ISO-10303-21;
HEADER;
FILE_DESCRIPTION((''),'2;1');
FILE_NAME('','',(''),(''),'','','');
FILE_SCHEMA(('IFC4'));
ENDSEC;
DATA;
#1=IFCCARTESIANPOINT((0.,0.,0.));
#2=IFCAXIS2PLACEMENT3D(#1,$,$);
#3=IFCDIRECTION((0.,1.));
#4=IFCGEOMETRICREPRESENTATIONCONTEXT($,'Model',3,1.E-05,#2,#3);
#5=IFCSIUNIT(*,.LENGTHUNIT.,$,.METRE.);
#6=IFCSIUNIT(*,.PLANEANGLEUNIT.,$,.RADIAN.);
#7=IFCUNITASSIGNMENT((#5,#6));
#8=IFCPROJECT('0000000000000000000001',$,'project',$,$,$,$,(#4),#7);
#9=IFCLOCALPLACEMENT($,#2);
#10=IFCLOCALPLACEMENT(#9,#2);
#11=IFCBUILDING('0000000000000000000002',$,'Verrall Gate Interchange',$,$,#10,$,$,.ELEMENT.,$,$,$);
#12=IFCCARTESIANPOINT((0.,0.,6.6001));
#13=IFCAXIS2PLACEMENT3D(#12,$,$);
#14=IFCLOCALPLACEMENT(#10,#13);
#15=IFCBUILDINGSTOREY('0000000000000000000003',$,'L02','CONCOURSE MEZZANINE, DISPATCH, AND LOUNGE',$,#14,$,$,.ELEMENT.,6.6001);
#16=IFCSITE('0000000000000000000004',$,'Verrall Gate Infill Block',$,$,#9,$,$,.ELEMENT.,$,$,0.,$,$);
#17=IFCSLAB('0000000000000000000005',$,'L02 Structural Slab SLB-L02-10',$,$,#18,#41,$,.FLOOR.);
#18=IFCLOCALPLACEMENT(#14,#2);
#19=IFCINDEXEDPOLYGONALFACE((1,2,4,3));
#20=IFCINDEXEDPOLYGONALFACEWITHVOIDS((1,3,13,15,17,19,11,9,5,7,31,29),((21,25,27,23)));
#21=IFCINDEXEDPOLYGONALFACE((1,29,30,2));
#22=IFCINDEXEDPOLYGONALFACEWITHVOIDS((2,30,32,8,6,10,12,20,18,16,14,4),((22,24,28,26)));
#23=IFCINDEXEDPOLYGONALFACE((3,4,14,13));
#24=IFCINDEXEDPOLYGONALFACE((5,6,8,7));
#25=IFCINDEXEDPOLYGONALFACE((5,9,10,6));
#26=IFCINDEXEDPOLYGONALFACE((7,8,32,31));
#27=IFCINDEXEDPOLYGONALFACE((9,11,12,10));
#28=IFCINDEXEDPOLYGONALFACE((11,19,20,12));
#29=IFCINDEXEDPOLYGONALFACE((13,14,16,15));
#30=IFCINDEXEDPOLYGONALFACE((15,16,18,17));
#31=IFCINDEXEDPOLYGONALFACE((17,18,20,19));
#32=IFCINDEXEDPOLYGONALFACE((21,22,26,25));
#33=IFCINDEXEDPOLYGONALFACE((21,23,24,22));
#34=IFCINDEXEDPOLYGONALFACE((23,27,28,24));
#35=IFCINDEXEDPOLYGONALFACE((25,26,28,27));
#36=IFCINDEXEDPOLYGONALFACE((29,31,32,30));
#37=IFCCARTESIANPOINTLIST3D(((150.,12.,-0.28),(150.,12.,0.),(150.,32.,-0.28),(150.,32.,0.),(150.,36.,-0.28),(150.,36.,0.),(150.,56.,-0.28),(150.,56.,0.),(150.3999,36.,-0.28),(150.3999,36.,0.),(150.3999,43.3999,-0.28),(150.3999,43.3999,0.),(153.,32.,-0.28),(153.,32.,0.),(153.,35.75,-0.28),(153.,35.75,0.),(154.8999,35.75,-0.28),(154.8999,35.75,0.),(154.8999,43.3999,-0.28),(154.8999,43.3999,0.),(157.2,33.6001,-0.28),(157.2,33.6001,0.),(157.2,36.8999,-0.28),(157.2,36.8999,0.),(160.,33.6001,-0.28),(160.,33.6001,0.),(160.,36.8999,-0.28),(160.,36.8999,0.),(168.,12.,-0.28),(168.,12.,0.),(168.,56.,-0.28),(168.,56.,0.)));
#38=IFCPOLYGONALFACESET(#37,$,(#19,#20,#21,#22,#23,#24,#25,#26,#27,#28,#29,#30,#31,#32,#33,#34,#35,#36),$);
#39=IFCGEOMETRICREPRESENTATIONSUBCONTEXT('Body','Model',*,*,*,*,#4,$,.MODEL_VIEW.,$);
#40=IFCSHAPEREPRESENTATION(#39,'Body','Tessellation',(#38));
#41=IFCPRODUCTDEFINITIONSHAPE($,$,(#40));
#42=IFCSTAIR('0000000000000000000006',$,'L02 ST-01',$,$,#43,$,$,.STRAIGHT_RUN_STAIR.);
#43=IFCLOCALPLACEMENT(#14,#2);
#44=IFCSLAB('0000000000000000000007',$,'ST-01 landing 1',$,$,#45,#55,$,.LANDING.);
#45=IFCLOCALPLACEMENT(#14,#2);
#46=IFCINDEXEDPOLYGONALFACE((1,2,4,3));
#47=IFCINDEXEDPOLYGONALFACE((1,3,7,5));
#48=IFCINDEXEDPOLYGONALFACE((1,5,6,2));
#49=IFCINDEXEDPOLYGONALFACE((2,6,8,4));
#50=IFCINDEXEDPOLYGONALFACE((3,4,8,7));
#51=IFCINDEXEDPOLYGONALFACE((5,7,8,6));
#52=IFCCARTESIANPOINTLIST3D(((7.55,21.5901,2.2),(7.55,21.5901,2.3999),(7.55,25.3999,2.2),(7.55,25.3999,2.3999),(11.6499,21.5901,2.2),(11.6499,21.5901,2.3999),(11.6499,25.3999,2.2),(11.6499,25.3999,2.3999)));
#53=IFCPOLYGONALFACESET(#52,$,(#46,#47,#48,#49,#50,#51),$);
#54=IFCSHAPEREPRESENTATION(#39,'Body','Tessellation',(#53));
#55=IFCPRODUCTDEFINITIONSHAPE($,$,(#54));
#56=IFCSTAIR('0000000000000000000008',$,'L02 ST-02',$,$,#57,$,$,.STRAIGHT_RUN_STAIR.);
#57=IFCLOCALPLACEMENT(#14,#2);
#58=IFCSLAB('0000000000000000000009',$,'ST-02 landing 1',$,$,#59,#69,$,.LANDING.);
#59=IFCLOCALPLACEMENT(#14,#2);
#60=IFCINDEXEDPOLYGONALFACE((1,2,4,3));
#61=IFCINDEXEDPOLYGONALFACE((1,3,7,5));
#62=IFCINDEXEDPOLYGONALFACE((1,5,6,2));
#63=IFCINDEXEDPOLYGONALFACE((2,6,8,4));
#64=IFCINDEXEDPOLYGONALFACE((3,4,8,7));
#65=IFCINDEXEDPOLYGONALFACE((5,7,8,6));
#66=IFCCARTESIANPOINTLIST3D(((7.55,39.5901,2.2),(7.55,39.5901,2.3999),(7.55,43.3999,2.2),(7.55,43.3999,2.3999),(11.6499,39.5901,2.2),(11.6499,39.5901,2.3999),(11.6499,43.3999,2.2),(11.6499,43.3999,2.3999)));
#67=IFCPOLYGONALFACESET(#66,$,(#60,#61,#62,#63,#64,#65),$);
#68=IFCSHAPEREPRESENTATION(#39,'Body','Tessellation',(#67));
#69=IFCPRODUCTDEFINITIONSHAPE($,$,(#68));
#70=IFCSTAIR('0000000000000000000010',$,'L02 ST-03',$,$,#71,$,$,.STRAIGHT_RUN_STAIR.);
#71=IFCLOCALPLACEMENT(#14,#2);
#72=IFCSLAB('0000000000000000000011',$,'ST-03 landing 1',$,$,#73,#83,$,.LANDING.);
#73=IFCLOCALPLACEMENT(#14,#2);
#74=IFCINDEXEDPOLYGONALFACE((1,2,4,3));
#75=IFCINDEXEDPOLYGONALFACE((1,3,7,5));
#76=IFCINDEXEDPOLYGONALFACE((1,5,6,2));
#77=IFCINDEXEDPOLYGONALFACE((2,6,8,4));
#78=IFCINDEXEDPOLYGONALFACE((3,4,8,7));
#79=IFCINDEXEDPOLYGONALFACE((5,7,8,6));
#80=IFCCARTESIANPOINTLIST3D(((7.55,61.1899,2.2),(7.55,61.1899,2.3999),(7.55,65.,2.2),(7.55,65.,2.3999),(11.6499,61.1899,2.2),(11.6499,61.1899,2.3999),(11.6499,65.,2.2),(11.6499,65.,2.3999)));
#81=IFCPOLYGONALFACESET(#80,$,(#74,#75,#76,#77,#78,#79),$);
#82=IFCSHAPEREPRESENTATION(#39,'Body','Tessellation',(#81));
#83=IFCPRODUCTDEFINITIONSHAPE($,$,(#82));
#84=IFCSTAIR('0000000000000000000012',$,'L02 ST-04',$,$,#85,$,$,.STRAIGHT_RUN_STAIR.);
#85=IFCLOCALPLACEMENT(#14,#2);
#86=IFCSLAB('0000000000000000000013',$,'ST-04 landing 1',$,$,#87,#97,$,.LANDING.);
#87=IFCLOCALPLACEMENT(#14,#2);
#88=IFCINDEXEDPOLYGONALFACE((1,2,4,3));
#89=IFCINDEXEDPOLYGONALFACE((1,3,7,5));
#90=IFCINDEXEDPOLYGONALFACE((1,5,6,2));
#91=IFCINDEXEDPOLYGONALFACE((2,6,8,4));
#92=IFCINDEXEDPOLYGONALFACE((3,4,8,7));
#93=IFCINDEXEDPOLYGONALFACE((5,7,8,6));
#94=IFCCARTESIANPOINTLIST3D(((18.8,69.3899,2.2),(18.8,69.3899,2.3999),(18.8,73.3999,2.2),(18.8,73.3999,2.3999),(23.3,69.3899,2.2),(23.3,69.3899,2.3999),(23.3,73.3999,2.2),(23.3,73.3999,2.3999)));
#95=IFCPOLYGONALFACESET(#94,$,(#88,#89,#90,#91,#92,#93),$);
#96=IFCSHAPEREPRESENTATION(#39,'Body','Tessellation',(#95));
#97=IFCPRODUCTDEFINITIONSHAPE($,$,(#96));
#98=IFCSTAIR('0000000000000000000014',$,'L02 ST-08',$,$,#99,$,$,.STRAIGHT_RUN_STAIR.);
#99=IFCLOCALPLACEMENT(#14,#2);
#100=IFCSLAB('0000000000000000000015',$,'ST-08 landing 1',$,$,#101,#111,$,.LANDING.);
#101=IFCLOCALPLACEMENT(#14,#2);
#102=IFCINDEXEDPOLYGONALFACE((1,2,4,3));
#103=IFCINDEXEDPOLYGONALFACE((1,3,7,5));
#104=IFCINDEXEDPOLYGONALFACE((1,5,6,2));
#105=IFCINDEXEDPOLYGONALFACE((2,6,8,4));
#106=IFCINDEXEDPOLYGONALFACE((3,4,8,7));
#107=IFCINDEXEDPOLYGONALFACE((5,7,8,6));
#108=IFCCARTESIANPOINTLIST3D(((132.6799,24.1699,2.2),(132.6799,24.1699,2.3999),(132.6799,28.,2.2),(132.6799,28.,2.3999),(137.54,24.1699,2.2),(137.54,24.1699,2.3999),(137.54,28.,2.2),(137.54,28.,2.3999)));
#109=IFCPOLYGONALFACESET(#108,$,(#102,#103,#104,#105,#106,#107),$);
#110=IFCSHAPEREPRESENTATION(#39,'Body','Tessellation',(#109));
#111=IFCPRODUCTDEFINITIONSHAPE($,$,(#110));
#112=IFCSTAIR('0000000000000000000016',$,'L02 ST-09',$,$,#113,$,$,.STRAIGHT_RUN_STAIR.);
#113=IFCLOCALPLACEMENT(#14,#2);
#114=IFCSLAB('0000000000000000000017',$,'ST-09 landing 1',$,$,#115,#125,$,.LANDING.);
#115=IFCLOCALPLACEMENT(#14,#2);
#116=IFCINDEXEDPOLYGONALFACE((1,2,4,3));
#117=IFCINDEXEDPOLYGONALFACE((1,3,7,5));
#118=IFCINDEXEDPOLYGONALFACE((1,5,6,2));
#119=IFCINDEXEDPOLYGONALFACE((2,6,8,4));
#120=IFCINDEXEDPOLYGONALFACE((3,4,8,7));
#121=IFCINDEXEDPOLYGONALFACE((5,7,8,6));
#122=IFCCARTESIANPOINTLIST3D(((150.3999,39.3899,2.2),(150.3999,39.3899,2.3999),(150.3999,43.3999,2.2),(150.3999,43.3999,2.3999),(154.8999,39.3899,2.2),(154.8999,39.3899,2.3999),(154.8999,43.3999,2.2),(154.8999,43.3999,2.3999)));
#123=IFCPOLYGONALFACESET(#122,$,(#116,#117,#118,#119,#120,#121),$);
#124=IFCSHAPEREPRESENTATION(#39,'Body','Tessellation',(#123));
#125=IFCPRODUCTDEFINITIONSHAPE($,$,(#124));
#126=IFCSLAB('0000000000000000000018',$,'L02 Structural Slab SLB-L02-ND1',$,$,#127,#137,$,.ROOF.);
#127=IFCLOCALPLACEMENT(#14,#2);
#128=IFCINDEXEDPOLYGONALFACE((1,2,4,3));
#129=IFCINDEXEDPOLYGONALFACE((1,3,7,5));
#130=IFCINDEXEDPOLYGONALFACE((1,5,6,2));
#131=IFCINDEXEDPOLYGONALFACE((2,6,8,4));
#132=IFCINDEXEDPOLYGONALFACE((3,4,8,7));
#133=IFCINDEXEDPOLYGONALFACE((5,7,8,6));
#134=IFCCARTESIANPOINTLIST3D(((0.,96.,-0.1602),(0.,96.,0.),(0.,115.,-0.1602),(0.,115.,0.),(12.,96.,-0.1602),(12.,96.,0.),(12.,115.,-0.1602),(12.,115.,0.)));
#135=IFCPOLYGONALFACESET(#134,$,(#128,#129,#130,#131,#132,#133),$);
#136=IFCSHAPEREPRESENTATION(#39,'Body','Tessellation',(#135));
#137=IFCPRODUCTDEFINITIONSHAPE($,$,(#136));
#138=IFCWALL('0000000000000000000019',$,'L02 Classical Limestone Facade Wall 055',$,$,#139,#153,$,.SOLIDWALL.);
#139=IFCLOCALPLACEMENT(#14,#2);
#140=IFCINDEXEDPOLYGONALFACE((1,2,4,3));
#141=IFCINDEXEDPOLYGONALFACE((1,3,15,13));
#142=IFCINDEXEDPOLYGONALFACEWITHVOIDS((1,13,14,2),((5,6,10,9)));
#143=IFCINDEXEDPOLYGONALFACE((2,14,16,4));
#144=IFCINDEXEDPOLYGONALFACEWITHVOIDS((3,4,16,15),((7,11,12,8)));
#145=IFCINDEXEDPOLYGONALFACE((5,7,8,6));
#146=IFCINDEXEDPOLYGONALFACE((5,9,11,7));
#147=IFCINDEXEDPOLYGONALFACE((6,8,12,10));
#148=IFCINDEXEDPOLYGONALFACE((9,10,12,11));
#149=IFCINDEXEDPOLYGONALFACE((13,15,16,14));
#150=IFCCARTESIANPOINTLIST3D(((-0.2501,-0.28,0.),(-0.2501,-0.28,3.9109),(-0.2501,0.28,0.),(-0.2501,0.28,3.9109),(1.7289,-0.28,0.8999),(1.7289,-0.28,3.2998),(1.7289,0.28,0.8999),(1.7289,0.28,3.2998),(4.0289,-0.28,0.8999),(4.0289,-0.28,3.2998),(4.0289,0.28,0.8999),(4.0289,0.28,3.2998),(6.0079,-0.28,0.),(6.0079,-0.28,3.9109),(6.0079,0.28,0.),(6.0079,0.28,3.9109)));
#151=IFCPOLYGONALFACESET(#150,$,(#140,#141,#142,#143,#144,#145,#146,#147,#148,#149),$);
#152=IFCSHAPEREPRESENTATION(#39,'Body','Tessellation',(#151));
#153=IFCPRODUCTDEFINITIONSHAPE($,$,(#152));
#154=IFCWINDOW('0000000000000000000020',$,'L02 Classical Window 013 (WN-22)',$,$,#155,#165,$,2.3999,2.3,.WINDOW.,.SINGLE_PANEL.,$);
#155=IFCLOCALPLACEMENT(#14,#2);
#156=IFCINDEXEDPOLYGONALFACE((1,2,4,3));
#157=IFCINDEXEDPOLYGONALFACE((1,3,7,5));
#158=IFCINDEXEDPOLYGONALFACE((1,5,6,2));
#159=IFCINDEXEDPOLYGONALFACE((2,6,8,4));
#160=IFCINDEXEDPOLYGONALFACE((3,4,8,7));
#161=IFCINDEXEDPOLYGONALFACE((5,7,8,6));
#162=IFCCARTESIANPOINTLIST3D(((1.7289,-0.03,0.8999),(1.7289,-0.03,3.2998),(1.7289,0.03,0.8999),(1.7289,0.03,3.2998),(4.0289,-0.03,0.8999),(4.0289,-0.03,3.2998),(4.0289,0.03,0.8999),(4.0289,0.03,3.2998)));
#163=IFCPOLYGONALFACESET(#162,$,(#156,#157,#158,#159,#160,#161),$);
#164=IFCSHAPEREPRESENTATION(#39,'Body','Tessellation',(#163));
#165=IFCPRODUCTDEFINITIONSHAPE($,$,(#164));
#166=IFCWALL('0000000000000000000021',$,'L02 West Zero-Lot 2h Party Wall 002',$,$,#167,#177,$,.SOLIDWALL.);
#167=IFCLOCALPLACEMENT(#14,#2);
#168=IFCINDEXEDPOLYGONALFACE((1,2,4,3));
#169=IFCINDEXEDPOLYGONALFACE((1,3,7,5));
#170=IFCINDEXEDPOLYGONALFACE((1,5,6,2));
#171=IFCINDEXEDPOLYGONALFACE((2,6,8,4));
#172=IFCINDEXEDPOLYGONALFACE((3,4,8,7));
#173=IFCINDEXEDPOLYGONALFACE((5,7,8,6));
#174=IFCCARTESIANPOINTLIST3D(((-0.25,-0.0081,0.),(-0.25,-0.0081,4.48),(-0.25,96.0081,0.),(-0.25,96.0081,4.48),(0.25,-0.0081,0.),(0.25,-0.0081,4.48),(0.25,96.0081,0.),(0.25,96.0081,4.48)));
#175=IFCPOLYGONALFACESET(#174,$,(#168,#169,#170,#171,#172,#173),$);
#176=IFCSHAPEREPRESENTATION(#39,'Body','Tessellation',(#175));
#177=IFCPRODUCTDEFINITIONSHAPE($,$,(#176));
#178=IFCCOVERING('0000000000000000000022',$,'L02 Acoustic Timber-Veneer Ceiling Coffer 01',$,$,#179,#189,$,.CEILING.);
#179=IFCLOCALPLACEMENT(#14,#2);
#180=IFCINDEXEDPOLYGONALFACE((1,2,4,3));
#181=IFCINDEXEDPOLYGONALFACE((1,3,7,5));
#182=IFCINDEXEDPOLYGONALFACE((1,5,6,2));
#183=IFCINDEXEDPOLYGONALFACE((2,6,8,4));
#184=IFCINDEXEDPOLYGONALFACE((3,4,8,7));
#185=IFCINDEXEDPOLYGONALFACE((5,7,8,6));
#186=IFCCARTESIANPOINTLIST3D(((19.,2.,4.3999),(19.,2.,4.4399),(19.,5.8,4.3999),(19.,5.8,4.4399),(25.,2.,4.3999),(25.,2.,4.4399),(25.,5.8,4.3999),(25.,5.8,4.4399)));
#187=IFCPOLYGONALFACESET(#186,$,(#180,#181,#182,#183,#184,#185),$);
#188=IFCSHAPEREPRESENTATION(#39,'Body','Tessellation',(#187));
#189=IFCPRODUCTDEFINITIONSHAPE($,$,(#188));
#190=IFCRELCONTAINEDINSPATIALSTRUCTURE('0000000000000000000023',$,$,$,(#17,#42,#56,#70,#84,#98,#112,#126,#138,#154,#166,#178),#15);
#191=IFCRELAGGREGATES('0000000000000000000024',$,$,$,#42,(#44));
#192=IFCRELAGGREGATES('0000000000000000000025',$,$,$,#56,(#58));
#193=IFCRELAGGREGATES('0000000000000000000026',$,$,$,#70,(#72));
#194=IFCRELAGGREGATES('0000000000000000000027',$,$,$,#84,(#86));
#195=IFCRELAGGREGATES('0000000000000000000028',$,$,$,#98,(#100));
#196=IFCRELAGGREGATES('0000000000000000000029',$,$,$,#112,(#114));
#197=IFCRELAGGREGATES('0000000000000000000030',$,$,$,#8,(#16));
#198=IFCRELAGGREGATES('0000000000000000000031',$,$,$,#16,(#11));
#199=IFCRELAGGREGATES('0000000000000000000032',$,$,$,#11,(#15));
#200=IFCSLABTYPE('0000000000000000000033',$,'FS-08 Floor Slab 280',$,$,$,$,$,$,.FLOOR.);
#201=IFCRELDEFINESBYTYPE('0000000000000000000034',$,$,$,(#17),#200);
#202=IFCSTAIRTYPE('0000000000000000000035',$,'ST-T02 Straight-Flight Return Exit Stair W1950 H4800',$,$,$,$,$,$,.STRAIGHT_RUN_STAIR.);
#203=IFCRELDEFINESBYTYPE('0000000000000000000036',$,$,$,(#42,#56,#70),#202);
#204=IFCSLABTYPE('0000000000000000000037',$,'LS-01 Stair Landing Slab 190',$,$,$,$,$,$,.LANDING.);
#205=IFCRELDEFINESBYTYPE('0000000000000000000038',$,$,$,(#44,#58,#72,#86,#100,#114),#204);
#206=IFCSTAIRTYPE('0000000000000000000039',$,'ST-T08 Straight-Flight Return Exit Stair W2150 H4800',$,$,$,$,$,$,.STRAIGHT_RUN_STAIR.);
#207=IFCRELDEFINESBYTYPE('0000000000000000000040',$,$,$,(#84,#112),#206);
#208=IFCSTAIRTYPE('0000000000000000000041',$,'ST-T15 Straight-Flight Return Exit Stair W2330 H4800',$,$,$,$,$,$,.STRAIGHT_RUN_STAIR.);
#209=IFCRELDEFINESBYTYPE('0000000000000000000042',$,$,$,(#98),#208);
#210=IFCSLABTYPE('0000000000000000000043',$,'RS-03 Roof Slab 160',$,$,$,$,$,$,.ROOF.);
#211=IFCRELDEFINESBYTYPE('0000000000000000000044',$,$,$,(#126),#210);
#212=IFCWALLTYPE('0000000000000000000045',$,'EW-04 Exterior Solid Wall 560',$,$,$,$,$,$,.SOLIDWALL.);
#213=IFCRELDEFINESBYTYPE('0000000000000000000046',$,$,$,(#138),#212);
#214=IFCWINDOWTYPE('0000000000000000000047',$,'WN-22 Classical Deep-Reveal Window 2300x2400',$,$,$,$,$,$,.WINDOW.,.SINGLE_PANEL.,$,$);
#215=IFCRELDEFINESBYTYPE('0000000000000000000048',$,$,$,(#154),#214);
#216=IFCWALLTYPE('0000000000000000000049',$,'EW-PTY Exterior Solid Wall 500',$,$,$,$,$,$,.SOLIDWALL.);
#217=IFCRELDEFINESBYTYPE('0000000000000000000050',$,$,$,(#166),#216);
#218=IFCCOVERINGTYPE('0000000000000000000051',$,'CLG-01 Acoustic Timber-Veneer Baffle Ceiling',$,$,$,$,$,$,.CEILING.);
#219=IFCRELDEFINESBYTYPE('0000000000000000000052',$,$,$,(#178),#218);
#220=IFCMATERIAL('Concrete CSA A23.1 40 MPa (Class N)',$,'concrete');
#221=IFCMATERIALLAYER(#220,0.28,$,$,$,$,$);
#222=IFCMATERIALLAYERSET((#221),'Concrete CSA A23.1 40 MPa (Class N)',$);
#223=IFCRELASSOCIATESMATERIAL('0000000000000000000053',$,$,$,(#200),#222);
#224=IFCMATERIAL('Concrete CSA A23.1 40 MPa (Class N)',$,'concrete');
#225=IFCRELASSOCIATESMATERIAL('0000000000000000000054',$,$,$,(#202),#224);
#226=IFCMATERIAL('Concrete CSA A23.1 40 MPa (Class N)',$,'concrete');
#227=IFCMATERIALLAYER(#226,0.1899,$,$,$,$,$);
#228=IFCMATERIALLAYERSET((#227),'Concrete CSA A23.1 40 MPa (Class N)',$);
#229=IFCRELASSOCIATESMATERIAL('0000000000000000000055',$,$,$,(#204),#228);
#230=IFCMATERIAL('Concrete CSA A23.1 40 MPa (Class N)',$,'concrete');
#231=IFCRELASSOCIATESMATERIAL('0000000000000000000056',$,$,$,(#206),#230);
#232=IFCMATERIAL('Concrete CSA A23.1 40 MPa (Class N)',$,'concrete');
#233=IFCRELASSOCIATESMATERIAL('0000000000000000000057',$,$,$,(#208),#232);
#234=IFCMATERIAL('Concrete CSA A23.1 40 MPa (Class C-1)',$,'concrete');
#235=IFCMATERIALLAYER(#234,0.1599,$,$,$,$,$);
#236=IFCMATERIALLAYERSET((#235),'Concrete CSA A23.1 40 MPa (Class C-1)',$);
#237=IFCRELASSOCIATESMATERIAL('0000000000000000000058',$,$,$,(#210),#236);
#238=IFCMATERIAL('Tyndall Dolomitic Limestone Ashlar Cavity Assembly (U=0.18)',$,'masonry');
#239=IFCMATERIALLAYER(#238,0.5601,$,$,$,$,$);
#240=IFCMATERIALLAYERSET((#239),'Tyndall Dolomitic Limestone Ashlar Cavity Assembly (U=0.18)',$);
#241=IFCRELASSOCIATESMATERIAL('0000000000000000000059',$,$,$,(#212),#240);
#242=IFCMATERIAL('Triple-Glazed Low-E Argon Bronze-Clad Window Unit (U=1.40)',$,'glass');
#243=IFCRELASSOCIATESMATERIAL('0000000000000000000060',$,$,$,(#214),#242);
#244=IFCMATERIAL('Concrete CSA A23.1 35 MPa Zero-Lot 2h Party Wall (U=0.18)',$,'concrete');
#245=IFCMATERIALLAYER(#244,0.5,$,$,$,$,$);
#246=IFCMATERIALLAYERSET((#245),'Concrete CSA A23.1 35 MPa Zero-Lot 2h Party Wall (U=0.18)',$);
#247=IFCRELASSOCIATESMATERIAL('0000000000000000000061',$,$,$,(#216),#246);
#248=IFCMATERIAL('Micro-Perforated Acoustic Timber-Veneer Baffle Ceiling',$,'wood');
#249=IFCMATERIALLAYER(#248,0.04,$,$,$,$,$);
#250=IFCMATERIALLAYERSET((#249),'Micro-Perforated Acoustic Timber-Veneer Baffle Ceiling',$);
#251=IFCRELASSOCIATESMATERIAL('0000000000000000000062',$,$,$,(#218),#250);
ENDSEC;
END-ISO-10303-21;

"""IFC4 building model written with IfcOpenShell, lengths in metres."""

from ifc_helpers import new_model, si_unit, direction, frame, frame_2d, origin, place, context, subcontext, project, spatial, polyline, rectangle, outline, extrude, material, layer, layer_set, type_object, element, fill, aggregate, save


model = new_model("IFC4")

# Units and contexts
model_context = context("Model", 3, precision=1e-05, world=origin(), true_north=direction((0.0, 1.0)))
body_context = subcontext(model_context, "Body", "Model", "MODEL_VIEW")
ifc_project = project(units=[si_unit("LENGTHUNIT", "METRE"), si_unit("PLANEANGLEUNIT", "RADIAN")], contexts=[model_context])

# Site, building, storey
site_placement = place(None, origin())
site = spatial("IfcSite", under=ifc_project, at=site_placement, Name="Verrall Gate Infill Block", CompositionType="ELEMENT", RefElevation=0.0)
building_placement = place(site_placement, origin())
building = spatial("IfcBuilding", under=site, at=building_placement, Name="Verrall Gate Interchange", CompositionType="ELEMENT")
storey_placement = place(building_placement, frame((0.0, 0.0, 6.6001)))
storey = spatial("IfcBuildingStorey", under=building, at=storey_placement, Name="L02", Description="CONCOURSE MEZZANINE, DISPATCH, AND LOUNGE", CompositionType="ELEMENT", Elevation=6.6001)

# Slab
ifc_material_1 = material(Name="Concrete CSA A23.1 40 MPa (Class N)", Category="concrete")
ifc_layer_1 = layer(ifc_material_1, 0.28)
ifc_layer_set_1 = layer_set([ifc_layer_1], Name="Concrete CSA A23.1 40 MPa (Class N)")
slab_type_1 = type_object("IfcSlabType", Name="FS-08 Floor Slab 280", PredefinedType="FLOOR", material=ifc_layer_set_1)
slab_1_placement = place(storey_placement, frame((0.0, 0.0, -0.28)))
element("IfcSlab", 1, at=slab_1_placement, inside=storey, type_object=slab_type_1, Name="L02 Structural Slab SLB-L02-10", PredefinedType="FLOOR", context=body_context, shape_type="SweptSolid", body=[
    extrude(outline(polyline([(168.0, 12.0), (150.0, 12.0), (150.0, 32.0), (153.0, 32.0), (153.0, 35.75), (154.8999, 35.75), (154.8999, 43.3999), (150.3999, 43.3999), (150.3999, 36.0), (150.0, 36.0), (150.0, 56.0), (168.0, 56.0), (168.0, 12.0)]), holes=[polyline([(160.0, 36.8999), (157.2, 36.8999), (157.2, 33.6001), (160.0, 33.6001), (160.0, 36.8999)])]), origin(), (0.0, 0.0, 1.0), 0.28),
])

# Stairs, slabs
ifc_material_2 = material(Name="Concrete CSA A23.1 40 MPa (Class N)", Category="concrete")
stair_type_1 = type_object("IfcStairType", Name="ST-T02 Straight-Flight Return Exit Stair W1950 H4800", PredefinedType="STRAIGHT_RUN_STAIR", material=ifc_material_2)
stair_1_placement = place(storey_placement, origin())
stair_1 = element("IfcStair", 2, at=stair_1_placement, inside=storey, type_object=stair_type_1, Name="L02 ST-01", PredefinedType="STRAIGHT_RUN_STAIR")
ifc_material_3 = material(Name="Concrete CSA A23.1 40 MPa (Class N)", Category="concrete")
ifc_layer_2 = layer(ifc_material_3, 0.1899)
ifc_layer_set_2 = layer_set([ifc_layer_2], Name="Concrete CSA A23.1 40 MPa (Class N)")
slab_type_2 = type_object("IfcSlabType", Name="LS-01 Stair Landing Slab 190", PredefinedType="LANDING", material=ifc_layer_set_2)
slab_2_placement = place(storey_placement, frame((0.0, 0.0, 2.2)))
slab_2 = element("IfcSlab", 3, at=slab_2_placement, type_object=slab_type_2, Name="ST-01 landing 1", PredefinedType="LANDING", context=body_context, shape_type="SweptSolid", body=[
    extrude(outline(polyline([(11.6499, 21.5901), (11.6499, 25.3999), (7.55, 25.3999), (7.55, 21.5901), (11.6499, 21.5901)])), origin(), (0.0, 0.0, 1.0), 0.2),
])
aggregate(stair_1, [slab_2])
stair_2_placement = place(storey_placement, origin())
stair_2 = element("IfcStair", 4, at=stair_2_placement, inside=storey, type_object=stair_type_1, Name="L02 ST-02", PredefinedType="STRAIGHT_RUN_STAIR")
slab_3_placement = place(storey_placement, frame((0.0, 0.0, 2.2)))
slab_3 = element("IfcSlab", 5, at=slab_3_placement, type_object=slab_type_2, Name="ST-02 landing 1", PredefinedType="LANDING", context=body_context, shape_type="SweptSolid", body=[
    extrude(outline(polyline([(11.6499, 39.5901), (11.6499, 43.3999), (7.55, 43.3999), (7.55, 39.5901), (11.6499, 39.5901)])), origin(), (0.0, 0.0, 1.0), 0.2),
])
aggregate(stair_2, [slab_3])
stair_3_placement = place(storey_placement, origin())
stair_3 = element("IfcStair", 6, at=stair_3_placement, inside=storey, type_object=stair_type_1, Name="L02 ST-03", PredefinedType="STRAIGHT_RUN_STAIR")
slab_4_placement = place(storey_placement, frame((0.0, 0.0, 2.2)))
slab_4 = element("IfcSlab", 7, at=slab_4_placement, type_object=slab_type_2, Name="ST-03 landing 1", PredefinedType="LANDING", context=body_context, shape_type="SweptSolid", body=[
    extrude(outline(polyline([(11.6499, 61.1899), (11.6499, 65.0), (7.55, 65.0), (7.55, 61.1899), (11.6499, 61.1899)])), origin(), (0.0, 0.0, 1.0), 0.2),
])
aggregate(stair_3, [slab_4])
ifc_material_4 = material(Name="Concrete CSA A23.1 40 MPa (Class N)", Category="concrete")
stair_type_2 = type_object("IfcStairType", Name="ST-T08 Straight-Flight Return Exit Stair W2150 H4800", PredefinedType="STRAIGHT_RUN_STAIR", material=ifc_material_4)
stair_4_placement = place(storey_placement, origin())
stair_4 = element("IfcStair", 8, at=stair_4_placement, inside=storey, type_object=stair_type_2, Name="L02 ST-04", PredefinedType="STRAIGHT_RUN_STAIR")
slab_5_placement = place(storey_placement, frame((0.0, 0.0, 2.2)))
slab_5 = element("IfcSlab", 9, at=slab_5_placement, type_object=slab_type_2, Name="ST-04 landing 1", PredefinedType="LANDING", context=body_context, shape_type="SweptSolid", body=[
    extrude(outline(polyline([(23.3, 69.3899), (23.3, 73.3999), (18.8, 73.3999), (18.8, 69.3899), (23.3, 69.3899)])), origin(), (0.0, 0.0, 1.0), 0.2),
])
aggregate(stair_4, [slab_5])
ifc_material_5 = material(Name="Concrete CSA A23.1 40 MPa (Class N)", Category="concrete")
stair_type_3 = type_object("IfcStairType", Name="ST-T15 Straight-Flight Return Exit Stair W2330 H4800", PredefinedType="STRAIGHT_RUN_STAIR", material=ifc_material_5)
stair_5_placement = place(storey_placement, origin())
stair_5 = element("IfcStair", 10, at=stair_5_placement, inside=storey, type_object=stair_type_3, Name="L02 ST-08", PredefinedType="STRAIGHT_RUN_STAIR")
slab_6_placement = place(storey_placement, frame((0.0, 0.0, 2.2)))
slab_6 = element("IfcSlab", 11, at=slab_6_placement, type_object=slab_type_2, Name="ST-08 landing 1", PredefinedType="LANDING", context=body_context, shape_type="SweptSolid", body=[
    extrude(outline(polyline([(137.54, 24.1699), (137.54, 28.0), (132.6799, 28.0), (132.6799, 24.1699), (137.54, 24.1699)])), origin(), (0.0, 0.0, 1.0), 0.2),
])
aggregate(stair_5, [slab_6])
stair_6_placement = place(storey_placement, origin())
stair_6 = element("IfcStair", 12, at=stair_6_placement, inside=storey, type_object=stair_type_2, Name="L02 ST-09", PredefinedType="STRAIGHT_RUN_STAIR")
slab_7_placement = place(storey_placement, frame((0.0, 0.0, 2.2)))
slab_7 = element("IfcSlab", 13, at=slab_7_placement, type_object=slab_type_2, Name="ST-09 landing 1", PredefinedType="LANDING", context=body_context, shape_type="SweptSolid", body=[
    extrude(outline(polyline([(154.8999, 39.3899), (154.8999, 43.3999), (150.3999, 43.3999), (150.3999, 39.3899), (154.8999, 39.3899)])), origin(), (0.0, 0.0, 1.0), 0.2),
])
aggregate(stair_6, [slab_7])

# Slab
ifc_material_6 = material(Name="Concrete CSA A23.1 40 MPa (Class C-1)", Category="concrete")
ifc_layer_3 = layer(ifc_material_6, 0.1599)
ifc_layer_set_3 = layer_set([ifc_layer_3], Name="Concrete CSA A23.1 40 MPa (Class C-1)")
slab_type_3 = type_object("IfcSlabType", Name="RS-03 Roof Slab 160", PredefinedType="ROOF", material=ifc_layer_set_3)
slab_8_placement = place(storey_placement, frame((0.0, 0.0, -0.1602)))
element("IfcSlab", 14, at=slab_8_placement, inside=storey, type_object=slab_type_3, Name="L02 Structural Slab SLB-L02-ND1", PredefinedType="ROOF", context=body_context, shape_type="SweptSolid", body=[
    extrude(outline(polyline([(0.0, 115.0), (12.0, 115.0), (12.0, 96.0), (0.0, 96.0), (0.0, 115.0)])), origin(), (0.0, 0.0, 1.0), 0.1602),
])

# Wall, opening, window
ifc_material_7 = material(Name="Tyndall Dolomitic Limestone Ashlar Cavity Assembly (U=0.18)", Category="masonry")
ifc_layer_4 = layer(ifc_material_7, 0.5601)
ifc_layer_set_4 = layer_set([ifc_layer_4], Name="Tyndall Dolomitic Limestone Ashlar Cavity Assembly (U=0.18)")
wall_type_1 = type_object("IfcWallType", Name="EW-04 Exterior Solid Wall 560", PredefinedType="SOLIDWALL", material=ifc_layer_set_4)
wall_1_placement = place(storey_placement, frame((-0.25, 0.0, 0.0), z_axis=(0.0, 0.0, 1.0), x_axis=(1.0, 0.0, 0.0)))
wall_1 = element("IfcWall", 15, at=wall_1_placement, inside=storey, type_object=wall_type_1, Name="L02 Classical Limestone Facade Wall 055", PredefinedType="SOLIDWALL", context=body_context, shape_type="SweptSolid", body=[
    extrude(rectangle(XDim=6.2581, YDim=0.5601, at=frame_2d((3.1289, 0.0))), origin(), (0.0, 0.0, 1.0), 3.9109),
])
opening_placement = place(wall_1_placement, frame((1.979, 0.0, 0.8999)))
opening = element("IfcOpeningElement", 16, at=opening_placement, cuts=wall_1, PredefinedType="OPENING", context=body_context, shape_type="SweptSolid", body=[
    extrude(rectangle(XDim=2.3, YDim=2.3999, at=frame_2d((1.1499, 1.2))), frame((0.0, 0.2949, 0.0), z_axis=(0.0, -1.0, 0.0), x_axis=(1.0, 0.0, 0.0)), (0.0, 0.0, 1.0), 0.5898),
])
ifc_material_8 = material(Name="Triple-Glazed Low-E Argon Bronze-Clad Window Unit (U=1.40)", Category="glass")
window_type = type_object("IfcWindowType", Name="WN-22 Classical Deep-Reveal Window 2300x2400", PartitioningType="SINGLE_PANEL", PredefinedType="WINDOW", material=ifc_material_8)
window_placement = place(opening_placement, origin())
window = element("IfcWindow", 17, at=window_placement, inside=storey, type_object=window_type, Name="L02 Classical Window 013 (WN-22)", OverallHeight=2.3999, OverallWidth=2.3, PartitioningType="SINGLE_PANEL", PredefinedType="WINDOW", context=body_context, shape_type="SweptSolid", body=[
    extrude(rectangle(XDim=2.3, YDim=2.3999, at=frame_2d((1.1499, 1.2))), frame((0.0, 0.03, 0.0), z_axis=(0.0, -1.0, 0.0), x_axis=(1.0, 0.0, 0.0)), (0.0, 0.0, 1.0), 0.0601),
])
fill(opening, window)

# Wall
ifc_material_9 = material(Name="Concrete CSA A23.1 35 MPa Zero-Lot 2h Party Wall (U=0.18)", Category="concrete")
ifc_layer_5 = layer(ifc_material_9, 0.5)
ifc_layer_set_5 = layer_set([ifc_layer_5], Name="Concrete CSA A23.1 35 MPa Zero-Lot 2h Party Wall (U=0.18)")
wall_type_2 = type_object("IfcWallType", Name="EW-PTY Exterior Solid Wall 500", PredefinedType="SOLIDWALL", material=ifc_layer_set_5)
wall_2_placement = place(storey_placement, frame((0.0, -0.0081, 0.0), z_axis=(0.0, 0.0, 1.0), x_axis=(0.0, 1.0, 0.0)))
element("IfcWall", 18, at=wall_2_placement, inside=storey, type_object=wall_type_2, Name="L02 West Zero-Lot 2h Party Wall 002", PredefinedType="SOLIDWALL", context=body_context, shape_type="SweptSolid", body=[
    extrude(rectangle(XDim=96.0161, YDim=0.5, at=frame_2d((48.0081, 0.0))), origin(), (0.0, 0.0, 1.0), 4.48),
])

# Covering
ifc_material_10 = material(Name="Micro-Perforated Acoustic Timber-Veneer Baffle Ceiling", Category="wood")
ifc_layer_6 = layer(ifc_material_10, 0.04)
ifc_layer_set_6 = layer_set([ifc_layer_6], Name="Micro-Perforated Acoustic Timber-Veneer Baffle Ceiling")
covering_type = type_object("IfcCoveringType", Name="CLG-01 Acoustic Timber-Veneer Baffle Ceiling", PredefinedType="CEILING", material=ifc_layer_set_6)
covering_1_placement = place(storey_placement, frame((0.0, 0.0, 4.3999)))
element("IfcCovering", 19, at=covering_1_placement, inside=storey, type_object=covering_type, Name="L02 Acoustic Timber-Veneer Ceiling Coffer 01", PredefinedType="CEILING", context=body_context, shape_type="SweptSolid", body=[
    extrude(outline(polyline([(19.0, 2.0), (25.0, 2.0), (25.0, 5.8), (19.0, 5.8), (19.0, 2.0)])), origin(), (0.0, 0.0, 1.0), 0.04),
])

save(model, "model.ifc")
